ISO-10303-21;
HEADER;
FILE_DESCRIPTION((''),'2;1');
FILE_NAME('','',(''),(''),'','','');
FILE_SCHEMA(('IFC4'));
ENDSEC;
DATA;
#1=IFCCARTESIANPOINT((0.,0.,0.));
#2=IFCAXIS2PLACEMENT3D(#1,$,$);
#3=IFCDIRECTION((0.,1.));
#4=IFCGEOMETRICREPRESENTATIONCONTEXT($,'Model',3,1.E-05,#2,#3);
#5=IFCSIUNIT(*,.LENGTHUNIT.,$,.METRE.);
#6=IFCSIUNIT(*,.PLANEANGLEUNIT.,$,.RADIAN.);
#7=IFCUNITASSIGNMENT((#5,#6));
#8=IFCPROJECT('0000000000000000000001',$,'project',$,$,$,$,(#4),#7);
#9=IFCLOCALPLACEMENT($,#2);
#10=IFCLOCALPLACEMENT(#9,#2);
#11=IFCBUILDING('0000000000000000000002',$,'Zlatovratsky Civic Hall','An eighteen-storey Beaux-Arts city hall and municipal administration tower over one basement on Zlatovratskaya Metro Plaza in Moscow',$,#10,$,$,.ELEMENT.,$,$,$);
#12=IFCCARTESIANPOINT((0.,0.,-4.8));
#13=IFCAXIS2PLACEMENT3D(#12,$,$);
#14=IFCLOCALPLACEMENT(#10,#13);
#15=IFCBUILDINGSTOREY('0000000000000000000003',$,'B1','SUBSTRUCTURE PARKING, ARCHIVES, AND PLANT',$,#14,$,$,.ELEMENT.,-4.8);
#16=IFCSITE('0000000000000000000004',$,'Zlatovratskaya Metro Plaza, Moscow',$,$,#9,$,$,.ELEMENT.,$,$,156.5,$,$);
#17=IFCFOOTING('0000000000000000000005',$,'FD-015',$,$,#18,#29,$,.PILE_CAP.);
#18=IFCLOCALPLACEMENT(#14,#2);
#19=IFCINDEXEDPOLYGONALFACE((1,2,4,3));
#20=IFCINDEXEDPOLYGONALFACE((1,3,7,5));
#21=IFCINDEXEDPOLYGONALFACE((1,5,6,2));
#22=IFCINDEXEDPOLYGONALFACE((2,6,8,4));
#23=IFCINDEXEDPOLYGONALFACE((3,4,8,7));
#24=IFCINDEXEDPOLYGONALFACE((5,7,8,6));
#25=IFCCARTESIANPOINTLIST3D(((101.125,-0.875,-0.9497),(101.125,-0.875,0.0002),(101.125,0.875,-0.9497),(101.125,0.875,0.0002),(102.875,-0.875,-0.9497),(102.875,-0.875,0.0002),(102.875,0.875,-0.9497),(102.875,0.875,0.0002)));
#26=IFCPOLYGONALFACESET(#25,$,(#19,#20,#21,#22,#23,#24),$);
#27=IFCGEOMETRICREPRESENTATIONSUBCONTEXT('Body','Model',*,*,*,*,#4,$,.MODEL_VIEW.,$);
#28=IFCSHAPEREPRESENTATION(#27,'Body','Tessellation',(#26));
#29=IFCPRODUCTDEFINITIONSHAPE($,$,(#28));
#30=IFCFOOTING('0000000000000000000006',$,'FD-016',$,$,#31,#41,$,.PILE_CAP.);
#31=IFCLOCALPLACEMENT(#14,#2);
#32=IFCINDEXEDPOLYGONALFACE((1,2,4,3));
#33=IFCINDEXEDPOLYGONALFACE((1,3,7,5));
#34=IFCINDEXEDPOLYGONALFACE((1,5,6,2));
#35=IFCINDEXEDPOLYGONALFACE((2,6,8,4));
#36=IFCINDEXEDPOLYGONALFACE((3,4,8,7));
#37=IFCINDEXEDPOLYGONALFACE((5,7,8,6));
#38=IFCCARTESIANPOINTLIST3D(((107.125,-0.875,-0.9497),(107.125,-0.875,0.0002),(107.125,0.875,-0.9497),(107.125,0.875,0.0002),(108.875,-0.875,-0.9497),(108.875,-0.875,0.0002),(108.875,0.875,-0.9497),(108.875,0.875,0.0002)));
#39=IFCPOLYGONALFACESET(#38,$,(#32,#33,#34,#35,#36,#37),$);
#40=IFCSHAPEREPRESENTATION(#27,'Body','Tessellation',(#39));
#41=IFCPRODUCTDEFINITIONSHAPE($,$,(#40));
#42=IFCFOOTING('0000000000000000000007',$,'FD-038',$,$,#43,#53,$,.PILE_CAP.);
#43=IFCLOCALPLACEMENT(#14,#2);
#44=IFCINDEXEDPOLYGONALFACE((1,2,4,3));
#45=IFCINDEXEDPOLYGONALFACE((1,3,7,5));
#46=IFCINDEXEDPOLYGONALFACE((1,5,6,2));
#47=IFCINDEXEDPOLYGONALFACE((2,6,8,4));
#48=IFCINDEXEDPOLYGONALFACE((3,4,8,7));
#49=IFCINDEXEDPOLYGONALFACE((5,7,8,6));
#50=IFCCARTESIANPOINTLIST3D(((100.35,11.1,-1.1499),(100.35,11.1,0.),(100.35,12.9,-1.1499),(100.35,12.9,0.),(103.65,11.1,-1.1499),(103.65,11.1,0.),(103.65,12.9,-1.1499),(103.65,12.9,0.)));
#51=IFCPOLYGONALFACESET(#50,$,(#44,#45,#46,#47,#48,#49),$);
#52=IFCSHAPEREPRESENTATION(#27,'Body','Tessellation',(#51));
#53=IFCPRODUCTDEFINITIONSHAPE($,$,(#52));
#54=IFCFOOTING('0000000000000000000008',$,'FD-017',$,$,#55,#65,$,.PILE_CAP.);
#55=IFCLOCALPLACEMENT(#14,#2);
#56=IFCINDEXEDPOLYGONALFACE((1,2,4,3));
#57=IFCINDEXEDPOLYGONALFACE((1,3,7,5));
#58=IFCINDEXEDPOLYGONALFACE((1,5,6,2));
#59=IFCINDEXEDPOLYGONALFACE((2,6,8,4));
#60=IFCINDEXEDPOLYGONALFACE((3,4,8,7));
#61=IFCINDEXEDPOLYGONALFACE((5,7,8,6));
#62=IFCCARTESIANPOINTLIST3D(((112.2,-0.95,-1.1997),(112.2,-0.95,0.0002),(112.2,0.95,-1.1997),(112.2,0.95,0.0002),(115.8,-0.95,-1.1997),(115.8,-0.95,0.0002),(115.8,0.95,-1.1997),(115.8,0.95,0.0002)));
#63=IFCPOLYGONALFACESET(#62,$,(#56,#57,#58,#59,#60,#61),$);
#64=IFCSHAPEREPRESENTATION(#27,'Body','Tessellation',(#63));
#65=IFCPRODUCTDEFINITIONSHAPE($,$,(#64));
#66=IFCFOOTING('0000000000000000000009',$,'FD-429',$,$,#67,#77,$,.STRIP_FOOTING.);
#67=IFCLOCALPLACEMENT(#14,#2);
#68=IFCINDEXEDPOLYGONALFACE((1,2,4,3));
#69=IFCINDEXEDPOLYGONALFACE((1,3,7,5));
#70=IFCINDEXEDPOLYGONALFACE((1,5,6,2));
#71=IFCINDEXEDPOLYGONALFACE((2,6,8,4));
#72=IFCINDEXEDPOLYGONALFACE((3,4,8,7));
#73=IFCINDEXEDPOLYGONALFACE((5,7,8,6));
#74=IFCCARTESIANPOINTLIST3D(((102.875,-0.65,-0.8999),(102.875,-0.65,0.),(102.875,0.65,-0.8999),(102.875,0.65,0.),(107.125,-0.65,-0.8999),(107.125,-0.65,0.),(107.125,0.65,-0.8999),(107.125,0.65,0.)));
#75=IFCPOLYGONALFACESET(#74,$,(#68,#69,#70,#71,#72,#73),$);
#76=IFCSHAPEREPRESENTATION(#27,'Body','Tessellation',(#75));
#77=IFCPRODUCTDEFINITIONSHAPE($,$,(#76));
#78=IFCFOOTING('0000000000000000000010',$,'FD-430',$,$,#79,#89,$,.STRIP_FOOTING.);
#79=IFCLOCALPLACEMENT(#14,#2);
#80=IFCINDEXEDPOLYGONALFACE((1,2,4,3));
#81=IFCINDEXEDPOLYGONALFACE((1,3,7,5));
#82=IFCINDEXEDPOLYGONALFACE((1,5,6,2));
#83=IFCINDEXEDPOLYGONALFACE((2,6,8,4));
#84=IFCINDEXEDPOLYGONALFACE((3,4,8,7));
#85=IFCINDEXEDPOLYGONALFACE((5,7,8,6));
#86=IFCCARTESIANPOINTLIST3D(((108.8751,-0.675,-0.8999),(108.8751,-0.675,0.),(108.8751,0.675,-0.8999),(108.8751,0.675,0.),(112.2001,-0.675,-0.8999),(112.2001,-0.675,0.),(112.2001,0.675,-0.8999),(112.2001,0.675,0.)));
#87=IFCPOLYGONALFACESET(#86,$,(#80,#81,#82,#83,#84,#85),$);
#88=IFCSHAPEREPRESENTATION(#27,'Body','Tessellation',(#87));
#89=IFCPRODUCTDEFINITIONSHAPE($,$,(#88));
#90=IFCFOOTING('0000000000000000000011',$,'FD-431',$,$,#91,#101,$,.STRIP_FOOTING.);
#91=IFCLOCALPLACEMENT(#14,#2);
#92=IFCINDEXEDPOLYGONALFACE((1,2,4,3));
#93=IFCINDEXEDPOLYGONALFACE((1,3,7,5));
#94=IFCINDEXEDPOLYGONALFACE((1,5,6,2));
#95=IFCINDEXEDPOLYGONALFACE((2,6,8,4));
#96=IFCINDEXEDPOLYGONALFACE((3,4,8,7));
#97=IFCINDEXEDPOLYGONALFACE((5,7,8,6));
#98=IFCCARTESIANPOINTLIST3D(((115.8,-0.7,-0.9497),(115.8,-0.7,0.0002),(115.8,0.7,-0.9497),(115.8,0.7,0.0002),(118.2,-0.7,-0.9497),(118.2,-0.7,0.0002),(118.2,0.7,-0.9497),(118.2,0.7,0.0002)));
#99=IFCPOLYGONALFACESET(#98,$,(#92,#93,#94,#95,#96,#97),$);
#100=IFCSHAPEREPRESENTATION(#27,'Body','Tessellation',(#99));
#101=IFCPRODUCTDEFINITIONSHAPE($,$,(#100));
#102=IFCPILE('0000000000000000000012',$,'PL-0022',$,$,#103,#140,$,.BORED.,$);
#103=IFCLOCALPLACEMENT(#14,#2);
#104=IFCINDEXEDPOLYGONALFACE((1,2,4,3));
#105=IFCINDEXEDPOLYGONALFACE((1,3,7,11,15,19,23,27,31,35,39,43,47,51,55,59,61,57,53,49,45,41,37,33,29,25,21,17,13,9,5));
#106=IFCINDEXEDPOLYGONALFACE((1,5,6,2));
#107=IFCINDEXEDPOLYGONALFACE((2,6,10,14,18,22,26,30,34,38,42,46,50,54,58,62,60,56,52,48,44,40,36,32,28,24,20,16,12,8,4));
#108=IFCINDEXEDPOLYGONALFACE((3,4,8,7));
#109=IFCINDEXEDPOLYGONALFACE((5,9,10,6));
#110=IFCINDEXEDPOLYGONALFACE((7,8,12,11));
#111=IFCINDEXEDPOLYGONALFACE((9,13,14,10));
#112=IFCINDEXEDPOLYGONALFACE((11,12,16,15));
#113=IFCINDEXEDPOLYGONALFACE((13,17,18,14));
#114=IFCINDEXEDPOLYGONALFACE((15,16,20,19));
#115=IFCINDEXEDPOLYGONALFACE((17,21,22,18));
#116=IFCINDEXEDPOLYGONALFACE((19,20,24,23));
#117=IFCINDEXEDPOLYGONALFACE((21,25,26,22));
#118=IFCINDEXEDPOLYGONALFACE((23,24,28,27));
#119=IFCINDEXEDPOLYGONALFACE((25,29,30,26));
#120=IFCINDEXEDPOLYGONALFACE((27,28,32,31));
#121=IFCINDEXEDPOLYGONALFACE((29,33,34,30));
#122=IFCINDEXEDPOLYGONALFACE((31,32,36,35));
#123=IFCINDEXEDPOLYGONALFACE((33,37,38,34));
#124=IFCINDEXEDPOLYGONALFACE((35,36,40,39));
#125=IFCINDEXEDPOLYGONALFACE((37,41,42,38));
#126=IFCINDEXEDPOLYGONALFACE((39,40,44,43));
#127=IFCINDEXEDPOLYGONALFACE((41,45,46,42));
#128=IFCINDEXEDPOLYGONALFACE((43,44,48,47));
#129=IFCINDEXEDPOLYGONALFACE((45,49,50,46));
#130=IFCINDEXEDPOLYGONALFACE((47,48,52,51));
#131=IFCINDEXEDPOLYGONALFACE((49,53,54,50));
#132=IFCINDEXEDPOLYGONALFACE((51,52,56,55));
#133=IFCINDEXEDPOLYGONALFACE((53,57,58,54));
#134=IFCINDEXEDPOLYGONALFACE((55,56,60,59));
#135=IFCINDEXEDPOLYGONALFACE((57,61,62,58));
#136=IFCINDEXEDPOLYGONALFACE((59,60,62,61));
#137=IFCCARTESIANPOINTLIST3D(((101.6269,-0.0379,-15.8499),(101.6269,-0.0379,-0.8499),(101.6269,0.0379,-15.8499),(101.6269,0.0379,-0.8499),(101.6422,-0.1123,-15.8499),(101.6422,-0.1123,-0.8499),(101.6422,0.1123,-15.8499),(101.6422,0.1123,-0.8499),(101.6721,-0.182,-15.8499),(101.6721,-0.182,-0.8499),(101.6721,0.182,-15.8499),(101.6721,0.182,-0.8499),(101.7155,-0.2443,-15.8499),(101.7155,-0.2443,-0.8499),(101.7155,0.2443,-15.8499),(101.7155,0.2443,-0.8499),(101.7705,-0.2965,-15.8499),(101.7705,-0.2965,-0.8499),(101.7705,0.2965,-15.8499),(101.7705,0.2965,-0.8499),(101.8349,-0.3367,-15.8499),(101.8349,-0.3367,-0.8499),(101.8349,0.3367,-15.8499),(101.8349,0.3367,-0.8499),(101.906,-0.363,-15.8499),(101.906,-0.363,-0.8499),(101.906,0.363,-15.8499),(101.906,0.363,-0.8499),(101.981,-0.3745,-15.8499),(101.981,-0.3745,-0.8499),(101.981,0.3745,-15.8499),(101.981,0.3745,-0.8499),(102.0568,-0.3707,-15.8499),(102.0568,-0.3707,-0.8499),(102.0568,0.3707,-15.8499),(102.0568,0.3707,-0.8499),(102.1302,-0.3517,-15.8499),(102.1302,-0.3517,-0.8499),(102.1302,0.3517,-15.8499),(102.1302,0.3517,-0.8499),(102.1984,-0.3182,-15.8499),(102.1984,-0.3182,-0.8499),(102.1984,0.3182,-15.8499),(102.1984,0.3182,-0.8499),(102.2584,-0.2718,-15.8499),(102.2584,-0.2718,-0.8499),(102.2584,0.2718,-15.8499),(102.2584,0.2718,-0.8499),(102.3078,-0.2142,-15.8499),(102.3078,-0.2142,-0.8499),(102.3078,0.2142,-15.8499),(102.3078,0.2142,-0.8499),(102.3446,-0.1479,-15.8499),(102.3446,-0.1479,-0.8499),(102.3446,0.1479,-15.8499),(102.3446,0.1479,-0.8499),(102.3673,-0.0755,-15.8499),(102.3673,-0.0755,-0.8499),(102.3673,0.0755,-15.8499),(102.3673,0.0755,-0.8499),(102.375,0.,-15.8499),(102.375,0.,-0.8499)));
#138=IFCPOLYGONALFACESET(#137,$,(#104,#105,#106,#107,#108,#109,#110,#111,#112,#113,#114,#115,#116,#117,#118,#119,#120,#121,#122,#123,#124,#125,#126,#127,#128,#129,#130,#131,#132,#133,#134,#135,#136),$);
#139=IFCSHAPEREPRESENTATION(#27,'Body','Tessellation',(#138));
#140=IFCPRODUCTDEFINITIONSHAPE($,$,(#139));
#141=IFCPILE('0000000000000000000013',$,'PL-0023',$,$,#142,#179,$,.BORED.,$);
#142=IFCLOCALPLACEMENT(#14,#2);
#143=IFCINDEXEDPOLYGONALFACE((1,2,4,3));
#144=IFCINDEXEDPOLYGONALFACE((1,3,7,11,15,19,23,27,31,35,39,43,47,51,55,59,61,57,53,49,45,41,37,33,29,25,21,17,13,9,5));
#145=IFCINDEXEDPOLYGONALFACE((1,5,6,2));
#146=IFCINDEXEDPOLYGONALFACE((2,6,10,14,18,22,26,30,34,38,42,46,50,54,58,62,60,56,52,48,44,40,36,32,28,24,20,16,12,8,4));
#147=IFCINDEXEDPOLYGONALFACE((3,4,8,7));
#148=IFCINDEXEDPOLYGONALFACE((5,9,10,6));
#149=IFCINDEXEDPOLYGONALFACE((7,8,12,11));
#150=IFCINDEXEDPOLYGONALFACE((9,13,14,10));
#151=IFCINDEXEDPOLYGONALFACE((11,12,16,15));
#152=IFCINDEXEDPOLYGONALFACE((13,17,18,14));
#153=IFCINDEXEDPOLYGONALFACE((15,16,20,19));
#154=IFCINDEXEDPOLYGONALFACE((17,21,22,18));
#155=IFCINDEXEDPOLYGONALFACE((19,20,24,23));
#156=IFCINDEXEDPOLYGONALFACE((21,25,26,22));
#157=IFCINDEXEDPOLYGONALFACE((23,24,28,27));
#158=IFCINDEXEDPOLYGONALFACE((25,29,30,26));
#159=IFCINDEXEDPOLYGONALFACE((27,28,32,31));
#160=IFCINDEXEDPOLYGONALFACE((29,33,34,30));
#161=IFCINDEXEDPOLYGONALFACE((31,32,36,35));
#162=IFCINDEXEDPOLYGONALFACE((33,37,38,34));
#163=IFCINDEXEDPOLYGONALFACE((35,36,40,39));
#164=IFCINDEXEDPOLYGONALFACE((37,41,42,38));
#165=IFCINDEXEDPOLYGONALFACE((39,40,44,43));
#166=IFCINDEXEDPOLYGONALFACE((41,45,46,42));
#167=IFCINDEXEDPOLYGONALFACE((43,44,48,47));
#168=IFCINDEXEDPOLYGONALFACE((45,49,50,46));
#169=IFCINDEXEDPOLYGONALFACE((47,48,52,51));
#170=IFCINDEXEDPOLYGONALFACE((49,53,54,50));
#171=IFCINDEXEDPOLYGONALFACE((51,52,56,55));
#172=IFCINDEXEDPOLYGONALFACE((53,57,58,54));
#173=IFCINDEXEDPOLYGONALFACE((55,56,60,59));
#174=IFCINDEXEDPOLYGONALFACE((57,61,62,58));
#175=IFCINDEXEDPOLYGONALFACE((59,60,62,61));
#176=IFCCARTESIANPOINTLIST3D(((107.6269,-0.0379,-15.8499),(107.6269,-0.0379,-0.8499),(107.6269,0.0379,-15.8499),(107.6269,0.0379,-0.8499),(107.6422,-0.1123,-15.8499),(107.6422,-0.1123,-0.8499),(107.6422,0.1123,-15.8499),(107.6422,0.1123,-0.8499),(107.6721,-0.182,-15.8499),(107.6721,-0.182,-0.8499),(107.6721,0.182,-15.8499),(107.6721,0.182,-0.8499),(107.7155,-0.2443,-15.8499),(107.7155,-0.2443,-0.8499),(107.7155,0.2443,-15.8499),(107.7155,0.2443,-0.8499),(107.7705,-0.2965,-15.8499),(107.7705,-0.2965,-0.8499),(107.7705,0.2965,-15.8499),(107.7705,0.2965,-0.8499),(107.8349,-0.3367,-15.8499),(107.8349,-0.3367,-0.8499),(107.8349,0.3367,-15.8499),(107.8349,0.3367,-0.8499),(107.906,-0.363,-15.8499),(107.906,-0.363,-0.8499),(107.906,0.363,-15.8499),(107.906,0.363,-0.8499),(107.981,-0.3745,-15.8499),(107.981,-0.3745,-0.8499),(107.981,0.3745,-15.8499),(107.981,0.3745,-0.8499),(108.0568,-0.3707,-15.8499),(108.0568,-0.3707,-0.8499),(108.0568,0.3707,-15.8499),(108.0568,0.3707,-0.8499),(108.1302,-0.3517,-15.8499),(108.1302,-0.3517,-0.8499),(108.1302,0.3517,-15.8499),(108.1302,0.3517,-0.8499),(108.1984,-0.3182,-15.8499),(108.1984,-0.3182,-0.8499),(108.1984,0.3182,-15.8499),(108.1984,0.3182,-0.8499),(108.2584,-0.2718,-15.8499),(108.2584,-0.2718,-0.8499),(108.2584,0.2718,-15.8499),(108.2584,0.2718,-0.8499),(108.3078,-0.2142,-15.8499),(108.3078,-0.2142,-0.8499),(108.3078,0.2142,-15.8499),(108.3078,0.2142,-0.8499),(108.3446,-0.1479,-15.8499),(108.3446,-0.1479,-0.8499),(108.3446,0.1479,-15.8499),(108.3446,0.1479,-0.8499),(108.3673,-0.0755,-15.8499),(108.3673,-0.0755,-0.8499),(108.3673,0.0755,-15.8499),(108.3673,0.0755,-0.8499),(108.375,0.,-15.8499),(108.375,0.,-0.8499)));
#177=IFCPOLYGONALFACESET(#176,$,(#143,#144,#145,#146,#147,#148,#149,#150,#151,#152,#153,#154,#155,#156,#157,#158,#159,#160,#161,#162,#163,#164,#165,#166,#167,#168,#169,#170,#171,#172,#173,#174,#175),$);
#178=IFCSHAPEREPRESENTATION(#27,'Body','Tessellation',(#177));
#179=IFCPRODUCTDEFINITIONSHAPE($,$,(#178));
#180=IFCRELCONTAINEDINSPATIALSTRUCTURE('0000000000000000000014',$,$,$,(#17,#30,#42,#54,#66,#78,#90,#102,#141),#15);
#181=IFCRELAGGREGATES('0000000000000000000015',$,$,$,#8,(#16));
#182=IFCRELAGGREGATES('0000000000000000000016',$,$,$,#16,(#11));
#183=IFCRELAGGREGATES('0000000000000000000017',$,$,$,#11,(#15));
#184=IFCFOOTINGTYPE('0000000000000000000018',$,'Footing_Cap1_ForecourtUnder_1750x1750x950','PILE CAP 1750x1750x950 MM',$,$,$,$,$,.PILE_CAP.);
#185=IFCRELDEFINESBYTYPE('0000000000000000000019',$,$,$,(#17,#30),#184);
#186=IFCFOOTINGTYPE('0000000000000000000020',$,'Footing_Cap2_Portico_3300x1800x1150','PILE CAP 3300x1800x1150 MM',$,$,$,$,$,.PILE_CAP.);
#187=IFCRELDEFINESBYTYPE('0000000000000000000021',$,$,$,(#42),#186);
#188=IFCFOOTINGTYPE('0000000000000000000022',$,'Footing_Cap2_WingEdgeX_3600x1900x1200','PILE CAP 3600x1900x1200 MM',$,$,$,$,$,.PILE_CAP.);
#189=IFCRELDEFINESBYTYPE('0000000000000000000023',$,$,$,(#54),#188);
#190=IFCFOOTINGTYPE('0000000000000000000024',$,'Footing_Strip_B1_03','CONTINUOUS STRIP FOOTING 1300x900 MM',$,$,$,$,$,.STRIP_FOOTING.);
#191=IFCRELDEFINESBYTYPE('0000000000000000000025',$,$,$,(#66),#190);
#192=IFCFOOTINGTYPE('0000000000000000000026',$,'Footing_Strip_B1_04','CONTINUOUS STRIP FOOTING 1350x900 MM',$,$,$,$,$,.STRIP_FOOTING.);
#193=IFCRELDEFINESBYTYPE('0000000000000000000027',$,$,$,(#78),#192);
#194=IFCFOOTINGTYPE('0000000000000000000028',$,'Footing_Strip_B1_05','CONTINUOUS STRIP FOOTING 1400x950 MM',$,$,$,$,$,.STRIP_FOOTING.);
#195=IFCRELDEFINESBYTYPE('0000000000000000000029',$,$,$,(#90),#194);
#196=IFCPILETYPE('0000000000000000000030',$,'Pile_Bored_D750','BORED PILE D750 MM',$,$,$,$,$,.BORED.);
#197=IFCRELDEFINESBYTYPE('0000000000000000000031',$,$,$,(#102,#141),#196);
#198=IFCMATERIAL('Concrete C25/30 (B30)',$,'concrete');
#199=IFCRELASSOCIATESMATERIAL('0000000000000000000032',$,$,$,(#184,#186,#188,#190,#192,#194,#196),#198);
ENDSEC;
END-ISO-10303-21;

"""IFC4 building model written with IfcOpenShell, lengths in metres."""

from ifc_helpers import new_model, si_unit, direction, frame, origin, origin_2d, place, context, subcontext, project, spatial, rectangle, circle, extrude, material, material_profile, profile_set, type_object, element, save


model = new_model("IFC4")

# Units and contexts
model_context = context("Model", 3, precision=1e-05, world=origin(), true_north=direction((0.0, 1.0)))
body_context = subcontext(model_context, "Body", "Model", "MODEL_VIEW")
ifc_project = project(units=[si_unit("LENGTHUNIT", "METRE"), si_unit("PLANEANGLEUNIT", "RADIAN")], contexts=[model_context])

# Site, building, storey
site_placement = place(None, origin())
site = spatial("IfcSite", under=ifc_project, at=site_placement, Name="Zlatovratskaya Metro Plaza, Moscow", CompositionType="ELEMENT", RefElevation=156.5)
building_placement = place(site_placement, origin())
building = spatial("IfcBuilding", under=site, at=building_placement, Name="Zlatovratsky Civic Hall", Description="An eighteen-storey Beaux-Arts city hall and municipal administration tower over one basement on Zlatovratskaya Metro Plaza in Moscow", CompositionType="ELEMENT")
storey_placement = place(building_placement, frame((0.0, 0.0, -4.8)))
storey = spatial("IfcBuildingStorey", under=building, at=storey_placement, Name="B1", Description="SUBSTRUCTURE PARKING, ARCHIVES, AND PLANT", CompositionType="ELEMENT", Elevation=-4.8)

# Footings
ifc_material_1 = material(Name="Concrete C25/30 (B30)", Category="concrete")
footing_type_1 = type_object("IfcFootingType", Name="Footing_Cap1_ForecourtUnder_1750x1750x950", Description="PILE CAP 1750x1750x950 MM", PredefinedType="PILE_CAP", material=ifc_material_1)
for number, where, z_axis, x_axis, name in (
    (1, (102.0, 0.0, -0.9497), (0.0, 0.0, 1.0), (1.0, 0.0, 0.0), "FD-015"),
    (2, (108.0, 0.0, -0.9497), (0.0, 0.0, 1.0), (1.0, 0.0, 0.0), "FD-016"),
):
    element("IfcFooting", number, at=place(storey_placement, frame(where, z_axis=z_axis, x_axis=x_axis)), inside=storey, type_object=footing_type_1, Name=name, PredefinedType="PILE_CAP", context=body_context, shape_type="SweptSolid", body=[
        extrude(rectangle(XDim=1.75, YDim=1.75, at=origin_2d()), origin(), (0.0, 0.0, 1.0), 0.95),
    ])
footing_type_2 = type_object("IfcFootingType", Name="Footing_Cap2_Portico_3300x1800x1150", Description="PILE CAP 3300x1800x1150 MM", PredefinedType="PILE_CAP", material=ifc_material_1)
footing_1_placement = place(storey_placement, frame((102.0, 12.0, -1.1499), z_axis=(0.0, 0.0, 1.0), x_axis=(1.0, 0.0, 0.0)))
element("IfcFooting", 3, at=footing_1_placement, inside=storey, type_object=footing_type_2, Name="FD-038", PredefinedType="PILE_CAP", context=body_context, shape_type="SweptSolid", body=[
    extrude(rectangle(XDim=3.3, YDim=1.8, at=origin_2d()), origin(), (0.0, 0.0, 1.0), 1.1499),
])
footing_type_3 = type_object("IfcFootingType", Name="Footing_Cap2_WingEdgeX_3600x1900x1200", Description="PILE CAP 3600x1900x1200 MM", PredefinedType="PILE_CAP", material=ifc_material_1)
footing_2_placement = place(storey_placement, frame((114.0, 0.0, -1.1997), z_axis=(0.0, 0.0, 1.0), x_axis=(1.0, 0.0, 0.0)))
element("IfcFooting", 4, at=footing_2_placement, inside=storey, type_object=footing_type_3, Name="FD-017", PredefinedType="PILE_CAP", context=body_context, shape_type="SweptSolid", body=[
    extrude(rectangle(XDim=3.6001, YDim=1.8999, at=origin_2d()), origin(), (0.0, 0.0, 1.0), 1.2),
])
footing_type_4 = type_object("IfcFootingType", Name="Footing_Strip_B1_03", Description="CONTINUOUS STRIP FOOTING 1300x900 MM", PredefinedType="STRIP_FOOTING", material=ifc_material_1)
footing_3_placement = place(storey_placement, frame((105.0, 0.0, -0.8999), z_axis=(0.0, 0.0, 1.0), x_axis=(1.0, 0.0, 0.0)))
element("IfcFooting", 5, at=footing_3_placement, inside=storey, type_object=footing_type_4, Name="FD-429", PredefinedType="STRIP_FOOTING", context=body_context, shape_type="SweptSolid", body=[
    extrude(rectangle(XDim=4.25, YDim=1.3, at=origin_2d()), origin(), (0.0, 0.0, 1.0), 0.8999),
])
footing_type_5 = type_object("IfcFootingType", Name="Footing_Strip_B1_04", Description="CONTINUOUS STRIP FOOTING 1350x900 MM", PredefinedType="STRIP_FOOTING", material=ifc_material_1)
footing_4_placement = place(storey_placement, frame((110.5376, 0.0, -0.8999), z_axis=(0.0, 0.0, 1.0), x_axis=(1.0, 0.0, 0.0)))
element("IfcFooting", 6, at=footing_4_placement, inside=storey, type_object=footing_type_5, Name="FD-430", PredefinedType="STRIP_FOOTING", context=body_context, shape_type="SweptSolid", body=[
    extrude(rectangle(XDim=3.325, YDim=1.3501, at=origin_2d()), origin(), (0.0, 0.0, 1.0), 0.8999),
])
footing_type_6 = type_object("IfcFootingType", Name="Footing_Strip_B1_05", Description="CONTINUOUS STRIP FOOTING 1400x950 MM", PredefinedType="STRIP_FOOTING", material=ifc_material_1)
footing_5_placement = place(storey_placement, frame((117.0, 0.0, -0.9497), z_axis=(0.0, 0.0, 1.0), x_axis=(1.0, 0.0, 0.0)))
element("IfcFooting", 7, at=footing_5_placement, inside=storey, type_object=footing_type_6, Name="FD-431", PredefinedType="STRIP_FOOTING", context=body_context, shape_type="SweptSolid", body=[
    extrude(rectangle(XDim=2.3999, YDim=1.3999, at=origin_2d()), origin(), (0.0, 0.0, 1.0), 0.95),
])

# Piles
ifc_material_profile_1 = material_profile(ifc_material_1, circle(Radius=0.375, at=origin_2d()), Name="PILE D750")
ifc_profile_set_1 = profile_set([ifc_material_profile_1], Name="Concrete C25/30 (B30)")
pile_type_1 = type_object("IfcPileType", Name="Pile_Bored_D750", Description="BORED PILE D750 MM", PredefinedType="BORED", material=ifc_profile_set_1)
for number, where, z_axis, x_axis, name in (
    (8, (102.0, 0.0, -0.8499), (0.0, 0.0, -1.0), (1.0, 0.0, 0.0), "PL-0022"),
    (9, (108.0, 0.0, -0.8499), (0.0, 0.0, -1.0), (1.0, 0.0, 0.0), "PL-0023"),
):
    element("IfcPile", number, at=place(storey_placement, frame(where, z_axis=z_axis, x_axis=x_axis)), inside=storey, type_object=pile_type_1, Name=name, PredefinedType="BORED", context=body_context, shape_type="SweptSolid", body=[
        extrude(circle(Radius=0.375, at=origin_2d()), origin(), (0.0, 0.0, 1.0), 15.0),
    ])

save(model, "model.ifc")
